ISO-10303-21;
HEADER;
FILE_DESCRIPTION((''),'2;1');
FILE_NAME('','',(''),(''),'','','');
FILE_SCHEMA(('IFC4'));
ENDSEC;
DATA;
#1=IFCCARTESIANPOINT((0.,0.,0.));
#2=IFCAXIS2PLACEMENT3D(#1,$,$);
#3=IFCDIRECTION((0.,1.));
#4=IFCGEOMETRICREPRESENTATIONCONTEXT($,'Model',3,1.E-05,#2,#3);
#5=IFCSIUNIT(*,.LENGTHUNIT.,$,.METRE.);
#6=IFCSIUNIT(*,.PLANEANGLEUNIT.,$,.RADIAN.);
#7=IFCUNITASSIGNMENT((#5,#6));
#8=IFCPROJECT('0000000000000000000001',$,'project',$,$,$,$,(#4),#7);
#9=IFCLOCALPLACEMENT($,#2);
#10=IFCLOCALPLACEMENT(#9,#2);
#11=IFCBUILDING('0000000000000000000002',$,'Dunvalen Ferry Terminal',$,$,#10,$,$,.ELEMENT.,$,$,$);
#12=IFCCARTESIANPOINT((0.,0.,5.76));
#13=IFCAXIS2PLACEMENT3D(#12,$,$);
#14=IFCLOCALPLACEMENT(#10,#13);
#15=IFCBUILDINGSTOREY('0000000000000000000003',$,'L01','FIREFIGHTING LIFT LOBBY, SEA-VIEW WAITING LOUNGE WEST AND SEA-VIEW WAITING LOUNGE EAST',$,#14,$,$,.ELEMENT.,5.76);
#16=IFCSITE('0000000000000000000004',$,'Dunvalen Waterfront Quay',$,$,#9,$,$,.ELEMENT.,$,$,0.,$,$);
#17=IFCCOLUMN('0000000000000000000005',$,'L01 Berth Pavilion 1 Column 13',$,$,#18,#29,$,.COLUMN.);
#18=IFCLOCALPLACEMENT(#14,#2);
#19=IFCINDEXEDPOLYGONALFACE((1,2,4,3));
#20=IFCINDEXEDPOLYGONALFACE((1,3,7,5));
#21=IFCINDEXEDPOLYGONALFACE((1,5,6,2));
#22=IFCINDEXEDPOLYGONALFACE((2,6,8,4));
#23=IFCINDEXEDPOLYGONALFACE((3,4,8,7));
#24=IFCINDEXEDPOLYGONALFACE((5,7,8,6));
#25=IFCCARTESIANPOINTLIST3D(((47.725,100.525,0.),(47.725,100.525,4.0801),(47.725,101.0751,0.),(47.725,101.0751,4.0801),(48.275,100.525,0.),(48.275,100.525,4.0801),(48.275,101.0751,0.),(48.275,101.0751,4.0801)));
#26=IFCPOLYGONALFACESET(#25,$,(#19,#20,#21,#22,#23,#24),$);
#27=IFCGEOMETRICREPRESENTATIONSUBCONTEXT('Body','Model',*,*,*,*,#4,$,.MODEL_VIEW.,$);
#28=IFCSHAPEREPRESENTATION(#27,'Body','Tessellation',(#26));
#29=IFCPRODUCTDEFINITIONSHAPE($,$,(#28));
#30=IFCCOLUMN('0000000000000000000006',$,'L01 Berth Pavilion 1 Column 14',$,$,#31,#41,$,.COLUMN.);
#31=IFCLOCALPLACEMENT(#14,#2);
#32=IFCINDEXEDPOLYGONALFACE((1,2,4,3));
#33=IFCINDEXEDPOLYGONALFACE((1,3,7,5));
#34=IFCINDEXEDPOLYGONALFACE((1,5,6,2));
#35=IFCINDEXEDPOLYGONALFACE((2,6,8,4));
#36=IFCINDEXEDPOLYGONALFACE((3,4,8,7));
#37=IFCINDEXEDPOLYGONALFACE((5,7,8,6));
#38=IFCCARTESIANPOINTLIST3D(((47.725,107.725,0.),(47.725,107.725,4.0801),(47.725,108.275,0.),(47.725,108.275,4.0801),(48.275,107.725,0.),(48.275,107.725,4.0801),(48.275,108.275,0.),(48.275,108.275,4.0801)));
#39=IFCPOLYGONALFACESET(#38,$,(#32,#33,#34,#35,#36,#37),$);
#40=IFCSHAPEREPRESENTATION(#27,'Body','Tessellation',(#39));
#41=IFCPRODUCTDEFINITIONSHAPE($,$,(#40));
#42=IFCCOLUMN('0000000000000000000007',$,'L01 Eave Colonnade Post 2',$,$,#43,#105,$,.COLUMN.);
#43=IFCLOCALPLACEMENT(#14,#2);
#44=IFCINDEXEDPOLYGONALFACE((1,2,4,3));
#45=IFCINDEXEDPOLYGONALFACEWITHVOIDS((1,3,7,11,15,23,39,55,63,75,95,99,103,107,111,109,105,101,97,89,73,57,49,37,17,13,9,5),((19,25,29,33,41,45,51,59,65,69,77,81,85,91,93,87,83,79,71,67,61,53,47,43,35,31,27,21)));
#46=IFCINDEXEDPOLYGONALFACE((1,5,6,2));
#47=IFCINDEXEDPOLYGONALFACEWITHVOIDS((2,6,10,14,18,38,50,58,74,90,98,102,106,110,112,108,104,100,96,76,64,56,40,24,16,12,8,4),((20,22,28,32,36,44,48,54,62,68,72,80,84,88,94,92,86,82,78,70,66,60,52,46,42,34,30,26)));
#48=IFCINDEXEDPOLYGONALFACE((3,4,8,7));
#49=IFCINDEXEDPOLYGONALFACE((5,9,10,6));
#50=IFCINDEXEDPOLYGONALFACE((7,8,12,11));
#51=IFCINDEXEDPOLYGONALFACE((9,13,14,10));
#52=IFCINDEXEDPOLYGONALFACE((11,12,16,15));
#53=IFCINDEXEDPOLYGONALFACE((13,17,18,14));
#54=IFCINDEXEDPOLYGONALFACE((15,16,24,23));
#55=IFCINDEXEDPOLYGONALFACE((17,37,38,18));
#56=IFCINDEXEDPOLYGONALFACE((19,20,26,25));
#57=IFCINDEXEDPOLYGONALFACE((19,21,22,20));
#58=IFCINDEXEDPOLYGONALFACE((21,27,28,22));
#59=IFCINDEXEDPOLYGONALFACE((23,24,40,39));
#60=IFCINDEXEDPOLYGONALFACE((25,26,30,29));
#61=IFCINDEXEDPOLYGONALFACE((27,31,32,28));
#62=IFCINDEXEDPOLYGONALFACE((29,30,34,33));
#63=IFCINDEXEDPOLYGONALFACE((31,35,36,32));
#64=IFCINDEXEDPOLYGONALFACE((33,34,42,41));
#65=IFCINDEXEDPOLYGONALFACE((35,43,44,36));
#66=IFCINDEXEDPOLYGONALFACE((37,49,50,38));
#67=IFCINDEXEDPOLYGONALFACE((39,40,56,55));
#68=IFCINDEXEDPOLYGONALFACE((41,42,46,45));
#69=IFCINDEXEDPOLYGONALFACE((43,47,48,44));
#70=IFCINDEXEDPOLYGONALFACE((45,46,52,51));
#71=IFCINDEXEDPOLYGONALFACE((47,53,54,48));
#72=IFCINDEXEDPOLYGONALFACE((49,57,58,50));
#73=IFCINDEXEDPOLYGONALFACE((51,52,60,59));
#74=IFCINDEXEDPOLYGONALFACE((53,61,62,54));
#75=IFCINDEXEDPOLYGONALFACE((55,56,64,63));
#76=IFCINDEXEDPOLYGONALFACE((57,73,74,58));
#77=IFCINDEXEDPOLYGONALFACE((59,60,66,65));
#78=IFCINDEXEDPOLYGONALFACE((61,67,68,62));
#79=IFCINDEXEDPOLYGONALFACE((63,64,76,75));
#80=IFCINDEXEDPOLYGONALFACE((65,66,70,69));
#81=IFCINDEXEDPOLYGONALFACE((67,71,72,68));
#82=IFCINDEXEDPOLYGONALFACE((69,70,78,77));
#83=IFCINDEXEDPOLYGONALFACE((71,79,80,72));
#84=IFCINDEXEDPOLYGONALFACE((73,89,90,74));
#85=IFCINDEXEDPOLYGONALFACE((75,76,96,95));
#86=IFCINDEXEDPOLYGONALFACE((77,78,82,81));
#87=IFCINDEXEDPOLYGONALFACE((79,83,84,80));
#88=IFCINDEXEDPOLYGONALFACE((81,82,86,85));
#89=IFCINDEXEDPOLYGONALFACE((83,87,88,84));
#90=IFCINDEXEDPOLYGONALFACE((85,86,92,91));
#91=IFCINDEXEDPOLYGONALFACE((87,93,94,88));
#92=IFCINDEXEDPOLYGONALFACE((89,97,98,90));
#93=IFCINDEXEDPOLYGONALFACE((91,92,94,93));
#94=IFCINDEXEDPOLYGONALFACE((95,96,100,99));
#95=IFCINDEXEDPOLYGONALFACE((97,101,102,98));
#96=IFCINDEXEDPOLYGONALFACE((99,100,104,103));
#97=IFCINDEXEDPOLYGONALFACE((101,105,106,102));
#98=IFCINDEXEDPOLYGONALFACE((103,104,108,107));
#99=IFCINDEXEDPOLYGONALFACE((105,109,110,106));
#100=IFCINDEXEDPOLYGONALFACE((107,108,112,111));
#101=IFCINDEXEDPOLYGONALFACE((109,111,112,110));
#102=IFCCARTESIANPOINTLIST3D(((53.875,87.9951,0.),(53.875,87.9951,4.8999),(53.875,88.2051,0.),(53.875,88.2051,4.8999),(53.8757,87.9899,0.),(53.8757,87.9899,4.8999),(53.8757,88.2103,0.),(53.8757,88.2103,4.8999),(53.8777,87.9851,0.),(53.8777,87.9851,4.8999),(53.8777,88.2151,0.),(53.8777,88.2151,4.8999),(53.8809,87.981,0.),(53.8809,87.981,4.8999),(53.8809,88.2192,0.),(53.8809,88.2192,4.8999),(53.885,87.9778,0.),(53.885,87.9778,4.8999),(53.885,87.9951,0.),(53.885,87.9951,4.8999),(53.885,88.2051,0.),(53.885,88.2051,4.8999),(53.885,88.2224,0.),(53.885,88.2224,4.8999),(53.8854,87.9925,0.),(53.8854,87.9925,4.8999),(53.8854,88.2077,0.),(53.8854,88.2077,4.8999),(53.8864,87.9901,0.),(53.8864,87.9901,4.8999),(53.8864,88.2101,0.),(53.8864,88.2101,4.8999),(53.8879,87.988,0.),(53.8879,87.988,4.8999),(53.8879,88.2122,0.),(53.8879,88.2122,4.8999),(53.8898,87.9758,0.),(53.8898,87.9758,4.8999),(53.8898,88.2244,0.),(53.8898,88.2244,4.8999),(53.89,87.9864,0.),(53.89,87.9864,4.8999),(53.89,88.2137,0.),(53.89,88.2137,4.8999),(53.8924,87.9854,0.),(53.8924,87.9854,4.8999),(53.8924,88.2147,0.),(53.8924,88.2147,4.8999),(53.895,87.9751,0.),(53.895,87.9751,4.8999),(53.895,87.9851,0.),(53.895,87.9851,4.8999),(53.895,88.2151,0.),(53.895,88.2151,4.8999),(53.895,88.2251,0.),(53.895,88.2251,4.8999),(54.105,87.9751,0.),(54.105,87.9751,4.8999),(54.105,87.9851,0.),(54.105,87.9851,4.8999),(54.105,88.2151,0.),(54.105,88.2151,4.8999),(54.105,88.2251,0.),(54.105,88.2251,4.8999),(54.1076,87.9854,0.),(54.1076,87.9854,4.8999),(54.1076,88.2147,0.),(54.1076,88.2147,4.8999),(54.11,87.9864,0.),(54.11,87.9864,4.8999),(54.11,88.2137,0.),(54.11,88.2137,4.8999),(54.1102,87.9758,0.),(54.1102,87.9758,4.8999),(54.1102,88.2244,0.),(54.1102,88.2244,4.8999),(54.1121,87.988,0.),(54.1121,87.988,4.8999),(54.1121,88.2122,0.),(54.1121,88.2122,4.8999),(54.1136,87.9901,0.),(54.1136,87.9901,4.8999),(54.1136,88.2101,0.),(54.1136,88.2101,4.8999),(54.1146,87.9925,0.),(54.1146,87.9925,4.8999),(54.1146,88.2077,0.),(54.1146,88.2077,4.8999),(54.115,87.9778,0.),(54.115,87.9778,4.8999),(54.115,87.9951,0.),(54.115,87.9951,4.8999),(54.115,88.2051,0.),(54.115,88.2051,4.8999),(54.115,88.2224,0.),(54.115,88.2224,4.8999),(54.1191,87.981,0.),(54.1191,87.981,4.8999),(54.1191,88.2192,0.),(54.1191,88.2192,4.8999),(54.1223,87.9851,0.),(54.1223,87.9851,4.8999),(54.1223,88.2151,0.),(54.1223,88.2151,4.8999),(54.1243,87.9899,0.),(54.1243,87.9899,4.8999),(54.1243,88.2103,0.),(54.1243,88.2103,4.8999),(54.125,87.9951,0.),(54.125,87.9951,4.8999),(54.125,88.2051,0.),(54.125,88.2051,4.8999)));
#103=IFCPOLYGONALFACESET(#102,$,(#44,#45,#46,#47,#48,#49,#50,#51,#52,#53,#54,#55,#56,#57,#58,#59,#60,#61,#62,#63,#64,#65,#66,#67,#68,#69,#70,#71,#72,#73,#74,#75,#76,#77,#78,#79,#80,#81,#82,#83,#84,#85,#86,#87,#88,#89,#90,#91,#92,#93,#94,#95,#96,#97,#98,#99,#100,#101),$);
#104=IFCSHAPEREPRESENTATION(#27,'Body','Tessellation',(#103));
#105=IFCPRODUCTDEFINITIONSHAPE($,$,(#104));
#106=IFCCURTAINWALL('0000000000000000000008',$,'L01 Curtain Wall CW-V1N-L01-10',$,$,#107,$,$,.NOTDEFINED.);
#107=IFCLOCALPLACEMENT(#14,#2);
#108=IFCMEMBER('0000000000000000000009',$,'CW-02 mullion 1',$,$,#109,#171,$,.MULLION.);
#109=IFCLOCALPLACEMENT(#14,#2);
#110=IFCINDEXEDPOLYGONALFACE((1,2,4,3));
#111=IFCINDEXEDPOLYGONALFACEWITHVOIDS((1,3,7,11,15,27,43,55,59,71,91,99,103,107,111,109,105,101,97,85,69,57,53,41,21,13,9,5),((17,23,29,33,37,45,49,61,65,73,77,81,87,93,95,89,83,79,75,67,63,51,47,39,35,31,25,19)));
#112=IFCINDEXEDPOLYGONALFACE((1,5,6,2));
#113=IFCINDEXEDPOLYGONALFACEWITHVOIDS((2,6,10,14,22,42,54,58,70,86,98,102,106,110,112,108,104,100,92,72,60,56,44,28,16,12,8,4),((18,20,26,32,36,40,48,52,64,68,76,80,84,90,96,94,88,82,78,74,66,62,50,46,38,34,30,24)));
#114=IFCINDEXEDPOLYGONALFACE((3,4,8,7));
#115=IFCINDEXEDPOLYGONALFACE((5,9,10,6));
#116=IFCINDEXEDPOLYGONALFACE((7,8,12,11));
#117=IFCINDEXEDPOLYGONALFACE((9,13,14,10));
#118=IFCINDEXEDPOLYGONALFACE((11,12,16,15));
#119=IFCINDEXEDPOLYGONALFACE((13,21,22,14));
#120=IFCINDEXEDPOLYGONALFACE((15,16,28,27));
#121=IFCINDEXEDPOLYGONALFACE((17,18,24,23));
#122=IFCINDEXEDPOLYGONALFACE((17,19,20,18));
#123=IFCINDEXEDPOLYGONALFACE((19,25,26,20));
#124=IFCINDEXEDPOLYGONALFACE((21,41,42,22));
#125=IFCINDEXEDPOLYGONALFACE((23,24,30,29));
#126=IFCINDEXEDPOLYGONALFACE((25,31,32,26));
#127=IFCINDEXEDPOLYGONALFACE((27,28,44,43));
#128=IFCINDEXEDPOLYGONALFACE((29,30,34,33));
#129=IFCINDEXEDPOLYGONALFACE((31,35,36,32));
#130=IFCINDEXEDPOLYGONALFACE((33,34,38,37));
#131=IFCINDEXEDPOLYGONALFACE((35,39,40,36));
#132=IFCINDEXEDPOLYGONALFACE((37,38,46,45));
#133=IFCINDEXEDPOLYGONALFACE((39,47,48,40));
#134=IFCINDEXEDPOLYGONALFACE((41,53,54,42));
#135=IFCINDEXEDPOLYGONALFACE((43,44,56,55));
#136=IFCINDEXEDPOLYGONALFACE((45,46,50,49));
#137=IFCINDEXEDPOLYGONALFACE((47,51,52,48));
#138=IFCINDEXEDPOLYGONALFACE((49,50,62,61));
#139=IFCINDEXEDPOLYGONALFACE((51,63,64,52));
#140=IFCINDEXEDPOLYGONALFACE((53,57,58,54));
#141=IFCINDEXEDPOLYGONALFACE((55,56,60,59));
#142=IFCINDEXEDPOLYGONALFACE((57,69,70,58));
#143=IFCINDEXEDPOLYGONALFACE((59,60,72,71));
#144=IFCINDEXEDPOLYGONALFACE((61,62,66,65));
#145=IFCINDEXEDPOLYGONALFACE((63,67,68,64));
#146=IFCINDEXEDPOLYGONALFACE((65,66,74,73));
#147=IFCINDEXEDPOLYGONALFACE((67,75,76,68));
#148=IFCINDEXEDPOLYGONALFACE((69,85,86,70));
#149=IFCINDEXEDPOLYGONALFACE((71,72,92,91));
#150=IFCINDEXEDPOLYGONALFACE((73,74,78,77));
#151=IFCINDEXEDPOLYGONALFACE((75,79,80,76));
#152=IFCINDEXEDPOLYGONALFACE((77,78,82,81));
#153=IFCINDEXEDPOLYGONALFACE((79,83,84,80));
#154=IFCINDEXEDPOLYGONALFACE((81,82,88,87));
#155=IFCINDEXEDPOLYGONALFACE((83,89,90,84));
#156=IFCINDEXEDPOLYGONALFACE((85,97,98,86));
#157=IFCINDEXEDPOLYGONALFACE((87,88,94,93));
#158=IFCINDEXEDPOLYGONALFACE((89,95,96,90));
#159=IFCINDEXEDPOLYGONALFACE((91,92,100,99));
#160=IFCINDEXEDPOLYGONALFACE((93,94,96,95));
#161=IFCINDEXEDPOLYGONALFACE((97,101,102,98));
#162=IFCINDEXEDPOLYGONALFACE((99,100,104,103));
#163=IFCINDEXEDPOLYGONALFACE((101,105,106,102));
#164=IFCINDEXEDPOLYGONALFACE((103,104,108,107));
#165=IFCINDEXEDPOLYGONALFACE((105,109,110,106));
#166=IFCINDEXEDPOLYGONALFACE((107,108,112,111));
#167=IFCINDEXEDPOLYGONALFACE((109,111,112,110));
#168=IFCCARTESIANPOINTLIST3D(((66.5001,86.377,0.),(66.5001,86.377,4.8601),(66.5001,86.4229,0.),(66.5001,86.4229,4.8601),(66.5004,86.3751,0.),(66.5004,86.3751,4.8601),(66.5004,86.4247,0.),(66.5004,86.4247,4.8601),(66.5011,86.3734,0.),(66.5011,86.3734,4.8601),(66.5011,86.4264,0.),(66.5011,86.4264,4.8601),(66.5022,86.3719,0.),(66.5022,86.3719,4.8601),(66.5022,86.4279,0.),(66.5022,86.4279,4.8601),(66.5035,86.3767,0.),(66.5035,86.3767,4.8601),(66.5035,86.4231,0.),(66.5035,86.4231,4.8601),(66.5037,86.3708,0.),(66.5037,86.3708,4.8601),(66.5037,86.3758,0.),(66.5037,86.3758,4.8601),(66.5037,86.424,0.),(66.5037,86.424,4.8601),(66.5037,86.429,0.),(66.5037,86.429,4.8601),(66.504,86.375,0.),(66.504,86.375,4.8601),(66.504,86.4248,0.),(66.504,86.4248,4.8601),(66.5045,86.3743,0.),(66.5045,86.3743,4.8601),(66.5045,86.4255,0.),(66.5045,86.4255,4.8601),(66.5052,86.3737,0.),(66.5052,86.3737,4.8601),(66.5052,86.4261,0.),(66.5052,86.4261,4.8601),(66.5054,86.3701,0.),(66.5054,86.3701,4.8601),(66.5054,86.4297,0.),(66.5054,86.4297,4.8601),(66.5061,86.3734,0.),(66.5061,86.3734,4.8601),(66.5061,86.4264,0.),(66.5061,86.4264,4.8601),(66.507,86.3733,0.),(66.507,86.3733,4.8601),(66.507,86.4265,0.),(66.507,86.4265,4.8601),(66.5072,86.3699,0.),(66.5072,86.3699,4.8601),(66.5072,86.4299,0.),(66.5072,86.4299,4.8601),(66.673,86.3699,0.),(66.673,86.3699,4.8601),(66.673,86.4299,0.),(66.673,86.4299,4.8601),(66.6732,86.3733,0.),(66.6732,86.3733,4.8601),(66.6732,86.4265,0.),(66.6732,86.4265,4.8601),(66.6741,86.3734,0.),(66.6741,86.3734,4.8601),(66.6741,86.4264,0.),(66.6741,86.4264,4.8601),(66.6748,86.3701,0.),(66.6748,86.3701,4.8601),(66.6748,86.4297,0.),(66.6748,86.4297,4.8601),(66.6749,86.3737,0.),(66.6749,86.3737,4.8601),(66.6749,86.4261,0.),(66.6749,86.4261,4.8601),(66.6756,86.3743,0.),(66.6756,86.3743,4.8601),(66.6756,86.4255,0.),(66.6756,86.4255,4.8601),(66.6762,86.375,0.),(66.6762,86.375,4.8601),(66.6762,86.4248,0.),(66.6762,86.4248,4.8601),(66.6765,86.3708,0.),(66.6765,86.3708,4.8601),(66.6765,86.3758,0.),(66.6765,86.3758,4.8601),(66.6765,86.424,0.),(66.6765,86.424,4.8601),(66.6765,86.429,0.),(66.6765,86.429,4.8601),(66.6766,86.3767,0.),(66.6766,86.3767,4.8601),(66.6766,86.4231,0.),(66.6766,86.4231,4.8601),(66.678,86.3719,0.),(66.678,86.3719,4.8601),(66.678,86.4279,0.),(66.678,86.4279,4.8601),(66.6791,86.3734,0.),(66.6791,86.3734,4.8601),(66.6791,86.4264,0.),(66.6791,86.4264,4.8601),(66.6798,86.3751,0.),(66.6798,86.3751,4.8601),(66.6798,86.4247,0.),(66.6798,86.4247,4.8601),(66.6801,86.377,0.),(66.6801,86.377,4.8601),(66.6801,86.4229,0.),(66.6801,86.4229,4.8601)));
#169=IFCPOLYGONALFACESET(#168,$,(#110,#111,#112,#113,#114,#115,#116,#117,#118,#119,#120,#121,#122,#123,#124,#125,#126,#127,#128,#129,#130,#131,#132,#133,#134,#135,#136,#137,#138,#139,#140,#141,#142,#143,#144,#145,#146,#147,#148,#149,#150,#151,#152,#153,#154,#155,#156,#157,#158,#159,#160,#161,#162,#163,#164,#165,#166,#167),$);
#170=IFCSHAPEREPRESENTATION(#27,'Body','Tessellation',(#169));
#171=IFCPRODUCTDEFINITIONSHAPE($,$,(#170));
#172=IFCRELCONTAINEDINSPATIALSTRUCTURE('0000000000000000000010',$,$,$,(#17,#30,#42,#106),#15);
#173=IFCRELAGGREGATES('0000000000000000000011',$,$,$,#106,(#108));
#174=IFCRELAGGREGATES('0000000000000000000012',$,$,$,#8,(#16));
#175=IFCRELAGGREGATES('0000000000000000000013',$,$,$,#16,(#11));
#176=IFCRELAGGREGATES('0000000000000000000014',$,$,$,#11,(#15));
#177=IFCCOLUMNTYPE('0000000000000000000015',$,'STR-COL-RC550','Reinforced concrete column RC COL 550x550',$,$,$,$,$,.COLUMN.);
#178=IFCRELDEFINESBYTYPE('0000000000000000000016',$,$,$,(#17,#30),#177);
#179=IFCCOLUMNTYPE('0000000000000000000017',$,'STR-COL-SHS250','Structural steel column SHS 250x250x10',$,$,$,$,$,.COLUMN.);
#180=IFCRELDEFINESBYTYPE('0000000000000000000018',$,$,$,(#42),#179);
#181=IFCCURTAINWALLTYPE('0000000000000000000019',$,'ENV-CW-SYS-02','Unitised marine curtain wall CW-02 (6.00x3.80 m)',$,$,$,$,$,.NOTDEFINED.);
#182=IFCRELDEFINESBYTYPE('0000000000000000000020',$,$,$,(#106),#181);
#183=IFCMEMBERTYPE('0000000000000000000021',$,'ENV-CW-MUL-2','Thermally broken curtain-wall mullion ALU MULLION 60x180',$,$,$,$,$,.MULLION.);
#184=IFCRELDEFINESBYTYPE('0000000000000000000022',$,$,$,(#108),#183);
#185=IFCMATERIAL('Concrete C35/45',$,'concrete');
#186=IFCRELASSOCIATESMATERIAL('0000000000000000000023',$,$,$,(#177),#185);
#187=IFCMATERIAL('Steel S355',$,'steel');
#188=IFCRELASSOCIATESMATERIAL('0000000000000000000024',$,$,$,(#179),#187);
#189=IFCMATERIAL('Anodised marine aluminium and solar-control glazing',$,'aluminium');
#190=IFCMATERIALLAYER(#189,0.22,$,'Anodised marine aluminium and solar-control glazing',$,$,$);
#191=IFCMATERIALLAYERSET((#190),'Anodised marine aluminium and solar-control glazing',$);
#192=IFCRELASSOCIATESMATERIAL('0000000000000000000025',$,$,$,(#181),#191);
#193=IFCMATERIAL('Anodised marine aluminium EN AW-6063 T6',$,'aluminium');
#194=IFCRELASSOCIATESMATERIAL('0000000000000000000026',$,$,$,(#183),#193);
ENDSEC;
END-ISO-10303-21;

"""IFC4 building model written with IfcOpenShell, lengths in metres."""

from ifc_helpers import new_model, si_unit, direction, frame, origin, origin_2d, place, context, subcontext, project, spatial, rectangle, hollow_rectangle, extrude, material, layer, layer_set, material_profile, profile_set, type_object, element, aggregate, save


model = new_model("IFC4")

# Units and contexts
model_context = context("Model", 3, precision=1e-05, world=origin(), true_north=direction((0.0, 1.0)))
body_context = subcontext(model_context, "Body", "Model", "MODEL_VIEW")
ifc_project = project(units=[si_unit("LENGTHUNIT", "METRE"), si_unit("PLANEANGLEUNIT", "RADIAN")], contexts=[model_context])

# Site, building, storey
site_placement = place(None, origin())
site = spatial("IfcSite", under=ifc_project, at=site_placement, Name="Dunvalen Waterfront Quay", CompositionType="ELEMENT", RefElevation=0.0)
building_placement = place(site_placement, origin())
building = spatial("IfcBuilding", under=site, at=building_placement, Name="Dunvalen Ferry Terminal", CompositionType="ELEMENT")
storey_placement = place(building_placement, frame((0.0, 0.0, 5.76)))
storey = spatial("IfcBuildingStorey", under=building, at=storey_placement, Name="L01", Description="FIREFIGHTING LIFT LOBBY, SEA-VIEW WAITING LOUNGE WEST AND SEA-VIEW WAITING LOUNGE EAST", CompositionType="ELEMENT", Elevation=5.76)

# Columns
ifc_material_1 = material(Name="Concrete C35/45", Category="concrete")
ifc_material_profile_1 = material_profile(ifc_material_1, rectangle(XDim=0.55, YDim=0.55, at=origin_2d()), Name="Concrete C35/45")
ifc_profile_set_1 = profile_set([ifc_material_profile_1], Name="Concrete C35/45")
column_type_1 = type_object("IfcColumnType", Name="STR-COL-RC550", Description="Reinforced concrete column RC COL 550x550", PredefinedType="COLUMN", material=ifc_profile_set_1)
for number, where, z_axis, x_axis, name in (
    (1, (48.0, 100.8, 0.0), (0.0, 0.0, 1.0), (1.0, 0.0, 0.0), "L01 Berth Pavilion 1 Column 13"),
    (2, (48.0, 108.0, 0.0), (0.0, 0.0, 1.0), (1.0, 0.0, 0.0), "L01 Berth Pavilion 1 Column 14"),
):
    element("IfcColumn", number, at=place(storey_placement, frame(where, z_axis=z_axis, x_axis=x_axis)), inside=storey, type_object=column_type_1, Name=name, PredefinedType="COLUMN", context=body_context, shape_type="SweptSolid", body=[
        extrude(rectangle(XDim=0.55, YDim=0.55, at=origin_2d()), origin(), (0.0, 0.0, 1.0), 4.0801),
    ])
ifc_material_2 = material(Name="Steel S355", Category="steel")
ifc_material_profile_2 = material_profile(ifc_material_2, hollow_rectangle(XDim=0.25, YDim=0.25, WallThickness=0.01, InnerFilletRadius=0.01, OuterFilletRadius=0.02, at=origin_2d()), Name="Steel S355")
ifc_profile_set_2 = profile_set([ifc_material_profile_2], Name="Steel S355")
column_type_2 = type_object("IfcColumnType", Name="STR-COL-SHS250", Description="Structural steel column SHS 250x250x10", PredefinedType="COLUMN", material=ifc_profile_set_2)
column_placement = place(storey_placement, frame((54.0, 88.1001, 0.0), z_axis=(0.0, 0.0, 1.0), x_axis=(1.0, 0.0, 0.0)))
element("IfcColumn", 3, at=column_placement, inside=storey, type_object=column_type_2, Name="L01 Eave Colonnade Post 2", PredefinedType="COLUMN", context=body_context, shape_type="SweptSolid", body=[
    extrude(hollow_rectangle(XDim=0.25, YDim=0.25, WallThickness=0.01, InnerFilletRadius=0.01, OuterFilletRadius=0.02, at=origin_2d()), origin(), (0.0, 0.0, 1.0), 4.8999),
])

# Curtain wall, member
ifc_material_3 = material(Name="Anodised marine aluminium and solar-control glazing", Category="aluminium")
ifc_layer_1 = layer(ifc_material_3, 0.22, Name="Anodised marine aluminium and solar-control glazing")
ifc_layer_set_1 = layer_set([ifc_layer_1], Name="Anodised marine aluminium and solar-control glazing")
curtain_wall_type = type_object("IfcCurtainWallType", Name="ENV-CW-SYS-02", Description="Unitised marine curtain wall CW-02 (6.00x3.80 m)", PredefinedType="NOTDEFINED", material=ifc_layer_set_1)
curtain_wall_placement = place(storey_placement, origin())
curtain_wall = element("IfcCurtainWall", 4, at=curtain_wall_placement, inside=storey, type_object=curtain_wall_type, Name="L01 Curtain Wall CW-V1N-L01-10", PredefinedType="NOTDEFINED")
ifc_material_4 = material(Name="Anodised marine aluminium EN AW-6063 T6", Category="aluminium")
ifc_material_profile_3 = material_profile(ifc_material_4, hollow_rectangle(XDim=0.0601, YDim=0.1799, WallThickness=0.0034, InnerFilletRadius=0.0034, OuterFilletRadius=0.0071, at=origin_2d()), Name="Anodised marine aluminium EN AW-6063 T6")
ifc_profile_set_3 = profile_set([ifc_material_profile_3], Name="Anodised marine aluminium EN AW-6063 T6")
member_type_1 = type_object("IfcMemberType", Name="ENV-CW-MUL-2", Description="Thermally broken curtain-wall mullion ALU MULLION 60x180", PredefinedType="MULLION", material=ifc_profile_set_3)
member_1_placement = place(storey_placement, frame((66.5901, 86.3999, 0.0), z_axis=(0.0, 0.0, 1.0), x_axis=(0.0, 1.0, 0.0)))
member_1 = element("IfcMember", 5, at=member_1_placement, type_object=member_type_1, Name="CW-02 mullion 1", PredefinedType="MULLION", context=body_context, shape_type="SweptSolid", body=[
    extrude(hollow_rectangle(XDim=0.0601, YDim=0.1799, WallThickness=0.0034, InnerFilletRadius=0.0034, OuterFilletRadius=0.0071, at=origin_2d()), origin(), (0.0, 0.0, 1.0), 4.8601),
])

aggregate(curtain_wall, [member_1])

save(model, "model.ifc")
